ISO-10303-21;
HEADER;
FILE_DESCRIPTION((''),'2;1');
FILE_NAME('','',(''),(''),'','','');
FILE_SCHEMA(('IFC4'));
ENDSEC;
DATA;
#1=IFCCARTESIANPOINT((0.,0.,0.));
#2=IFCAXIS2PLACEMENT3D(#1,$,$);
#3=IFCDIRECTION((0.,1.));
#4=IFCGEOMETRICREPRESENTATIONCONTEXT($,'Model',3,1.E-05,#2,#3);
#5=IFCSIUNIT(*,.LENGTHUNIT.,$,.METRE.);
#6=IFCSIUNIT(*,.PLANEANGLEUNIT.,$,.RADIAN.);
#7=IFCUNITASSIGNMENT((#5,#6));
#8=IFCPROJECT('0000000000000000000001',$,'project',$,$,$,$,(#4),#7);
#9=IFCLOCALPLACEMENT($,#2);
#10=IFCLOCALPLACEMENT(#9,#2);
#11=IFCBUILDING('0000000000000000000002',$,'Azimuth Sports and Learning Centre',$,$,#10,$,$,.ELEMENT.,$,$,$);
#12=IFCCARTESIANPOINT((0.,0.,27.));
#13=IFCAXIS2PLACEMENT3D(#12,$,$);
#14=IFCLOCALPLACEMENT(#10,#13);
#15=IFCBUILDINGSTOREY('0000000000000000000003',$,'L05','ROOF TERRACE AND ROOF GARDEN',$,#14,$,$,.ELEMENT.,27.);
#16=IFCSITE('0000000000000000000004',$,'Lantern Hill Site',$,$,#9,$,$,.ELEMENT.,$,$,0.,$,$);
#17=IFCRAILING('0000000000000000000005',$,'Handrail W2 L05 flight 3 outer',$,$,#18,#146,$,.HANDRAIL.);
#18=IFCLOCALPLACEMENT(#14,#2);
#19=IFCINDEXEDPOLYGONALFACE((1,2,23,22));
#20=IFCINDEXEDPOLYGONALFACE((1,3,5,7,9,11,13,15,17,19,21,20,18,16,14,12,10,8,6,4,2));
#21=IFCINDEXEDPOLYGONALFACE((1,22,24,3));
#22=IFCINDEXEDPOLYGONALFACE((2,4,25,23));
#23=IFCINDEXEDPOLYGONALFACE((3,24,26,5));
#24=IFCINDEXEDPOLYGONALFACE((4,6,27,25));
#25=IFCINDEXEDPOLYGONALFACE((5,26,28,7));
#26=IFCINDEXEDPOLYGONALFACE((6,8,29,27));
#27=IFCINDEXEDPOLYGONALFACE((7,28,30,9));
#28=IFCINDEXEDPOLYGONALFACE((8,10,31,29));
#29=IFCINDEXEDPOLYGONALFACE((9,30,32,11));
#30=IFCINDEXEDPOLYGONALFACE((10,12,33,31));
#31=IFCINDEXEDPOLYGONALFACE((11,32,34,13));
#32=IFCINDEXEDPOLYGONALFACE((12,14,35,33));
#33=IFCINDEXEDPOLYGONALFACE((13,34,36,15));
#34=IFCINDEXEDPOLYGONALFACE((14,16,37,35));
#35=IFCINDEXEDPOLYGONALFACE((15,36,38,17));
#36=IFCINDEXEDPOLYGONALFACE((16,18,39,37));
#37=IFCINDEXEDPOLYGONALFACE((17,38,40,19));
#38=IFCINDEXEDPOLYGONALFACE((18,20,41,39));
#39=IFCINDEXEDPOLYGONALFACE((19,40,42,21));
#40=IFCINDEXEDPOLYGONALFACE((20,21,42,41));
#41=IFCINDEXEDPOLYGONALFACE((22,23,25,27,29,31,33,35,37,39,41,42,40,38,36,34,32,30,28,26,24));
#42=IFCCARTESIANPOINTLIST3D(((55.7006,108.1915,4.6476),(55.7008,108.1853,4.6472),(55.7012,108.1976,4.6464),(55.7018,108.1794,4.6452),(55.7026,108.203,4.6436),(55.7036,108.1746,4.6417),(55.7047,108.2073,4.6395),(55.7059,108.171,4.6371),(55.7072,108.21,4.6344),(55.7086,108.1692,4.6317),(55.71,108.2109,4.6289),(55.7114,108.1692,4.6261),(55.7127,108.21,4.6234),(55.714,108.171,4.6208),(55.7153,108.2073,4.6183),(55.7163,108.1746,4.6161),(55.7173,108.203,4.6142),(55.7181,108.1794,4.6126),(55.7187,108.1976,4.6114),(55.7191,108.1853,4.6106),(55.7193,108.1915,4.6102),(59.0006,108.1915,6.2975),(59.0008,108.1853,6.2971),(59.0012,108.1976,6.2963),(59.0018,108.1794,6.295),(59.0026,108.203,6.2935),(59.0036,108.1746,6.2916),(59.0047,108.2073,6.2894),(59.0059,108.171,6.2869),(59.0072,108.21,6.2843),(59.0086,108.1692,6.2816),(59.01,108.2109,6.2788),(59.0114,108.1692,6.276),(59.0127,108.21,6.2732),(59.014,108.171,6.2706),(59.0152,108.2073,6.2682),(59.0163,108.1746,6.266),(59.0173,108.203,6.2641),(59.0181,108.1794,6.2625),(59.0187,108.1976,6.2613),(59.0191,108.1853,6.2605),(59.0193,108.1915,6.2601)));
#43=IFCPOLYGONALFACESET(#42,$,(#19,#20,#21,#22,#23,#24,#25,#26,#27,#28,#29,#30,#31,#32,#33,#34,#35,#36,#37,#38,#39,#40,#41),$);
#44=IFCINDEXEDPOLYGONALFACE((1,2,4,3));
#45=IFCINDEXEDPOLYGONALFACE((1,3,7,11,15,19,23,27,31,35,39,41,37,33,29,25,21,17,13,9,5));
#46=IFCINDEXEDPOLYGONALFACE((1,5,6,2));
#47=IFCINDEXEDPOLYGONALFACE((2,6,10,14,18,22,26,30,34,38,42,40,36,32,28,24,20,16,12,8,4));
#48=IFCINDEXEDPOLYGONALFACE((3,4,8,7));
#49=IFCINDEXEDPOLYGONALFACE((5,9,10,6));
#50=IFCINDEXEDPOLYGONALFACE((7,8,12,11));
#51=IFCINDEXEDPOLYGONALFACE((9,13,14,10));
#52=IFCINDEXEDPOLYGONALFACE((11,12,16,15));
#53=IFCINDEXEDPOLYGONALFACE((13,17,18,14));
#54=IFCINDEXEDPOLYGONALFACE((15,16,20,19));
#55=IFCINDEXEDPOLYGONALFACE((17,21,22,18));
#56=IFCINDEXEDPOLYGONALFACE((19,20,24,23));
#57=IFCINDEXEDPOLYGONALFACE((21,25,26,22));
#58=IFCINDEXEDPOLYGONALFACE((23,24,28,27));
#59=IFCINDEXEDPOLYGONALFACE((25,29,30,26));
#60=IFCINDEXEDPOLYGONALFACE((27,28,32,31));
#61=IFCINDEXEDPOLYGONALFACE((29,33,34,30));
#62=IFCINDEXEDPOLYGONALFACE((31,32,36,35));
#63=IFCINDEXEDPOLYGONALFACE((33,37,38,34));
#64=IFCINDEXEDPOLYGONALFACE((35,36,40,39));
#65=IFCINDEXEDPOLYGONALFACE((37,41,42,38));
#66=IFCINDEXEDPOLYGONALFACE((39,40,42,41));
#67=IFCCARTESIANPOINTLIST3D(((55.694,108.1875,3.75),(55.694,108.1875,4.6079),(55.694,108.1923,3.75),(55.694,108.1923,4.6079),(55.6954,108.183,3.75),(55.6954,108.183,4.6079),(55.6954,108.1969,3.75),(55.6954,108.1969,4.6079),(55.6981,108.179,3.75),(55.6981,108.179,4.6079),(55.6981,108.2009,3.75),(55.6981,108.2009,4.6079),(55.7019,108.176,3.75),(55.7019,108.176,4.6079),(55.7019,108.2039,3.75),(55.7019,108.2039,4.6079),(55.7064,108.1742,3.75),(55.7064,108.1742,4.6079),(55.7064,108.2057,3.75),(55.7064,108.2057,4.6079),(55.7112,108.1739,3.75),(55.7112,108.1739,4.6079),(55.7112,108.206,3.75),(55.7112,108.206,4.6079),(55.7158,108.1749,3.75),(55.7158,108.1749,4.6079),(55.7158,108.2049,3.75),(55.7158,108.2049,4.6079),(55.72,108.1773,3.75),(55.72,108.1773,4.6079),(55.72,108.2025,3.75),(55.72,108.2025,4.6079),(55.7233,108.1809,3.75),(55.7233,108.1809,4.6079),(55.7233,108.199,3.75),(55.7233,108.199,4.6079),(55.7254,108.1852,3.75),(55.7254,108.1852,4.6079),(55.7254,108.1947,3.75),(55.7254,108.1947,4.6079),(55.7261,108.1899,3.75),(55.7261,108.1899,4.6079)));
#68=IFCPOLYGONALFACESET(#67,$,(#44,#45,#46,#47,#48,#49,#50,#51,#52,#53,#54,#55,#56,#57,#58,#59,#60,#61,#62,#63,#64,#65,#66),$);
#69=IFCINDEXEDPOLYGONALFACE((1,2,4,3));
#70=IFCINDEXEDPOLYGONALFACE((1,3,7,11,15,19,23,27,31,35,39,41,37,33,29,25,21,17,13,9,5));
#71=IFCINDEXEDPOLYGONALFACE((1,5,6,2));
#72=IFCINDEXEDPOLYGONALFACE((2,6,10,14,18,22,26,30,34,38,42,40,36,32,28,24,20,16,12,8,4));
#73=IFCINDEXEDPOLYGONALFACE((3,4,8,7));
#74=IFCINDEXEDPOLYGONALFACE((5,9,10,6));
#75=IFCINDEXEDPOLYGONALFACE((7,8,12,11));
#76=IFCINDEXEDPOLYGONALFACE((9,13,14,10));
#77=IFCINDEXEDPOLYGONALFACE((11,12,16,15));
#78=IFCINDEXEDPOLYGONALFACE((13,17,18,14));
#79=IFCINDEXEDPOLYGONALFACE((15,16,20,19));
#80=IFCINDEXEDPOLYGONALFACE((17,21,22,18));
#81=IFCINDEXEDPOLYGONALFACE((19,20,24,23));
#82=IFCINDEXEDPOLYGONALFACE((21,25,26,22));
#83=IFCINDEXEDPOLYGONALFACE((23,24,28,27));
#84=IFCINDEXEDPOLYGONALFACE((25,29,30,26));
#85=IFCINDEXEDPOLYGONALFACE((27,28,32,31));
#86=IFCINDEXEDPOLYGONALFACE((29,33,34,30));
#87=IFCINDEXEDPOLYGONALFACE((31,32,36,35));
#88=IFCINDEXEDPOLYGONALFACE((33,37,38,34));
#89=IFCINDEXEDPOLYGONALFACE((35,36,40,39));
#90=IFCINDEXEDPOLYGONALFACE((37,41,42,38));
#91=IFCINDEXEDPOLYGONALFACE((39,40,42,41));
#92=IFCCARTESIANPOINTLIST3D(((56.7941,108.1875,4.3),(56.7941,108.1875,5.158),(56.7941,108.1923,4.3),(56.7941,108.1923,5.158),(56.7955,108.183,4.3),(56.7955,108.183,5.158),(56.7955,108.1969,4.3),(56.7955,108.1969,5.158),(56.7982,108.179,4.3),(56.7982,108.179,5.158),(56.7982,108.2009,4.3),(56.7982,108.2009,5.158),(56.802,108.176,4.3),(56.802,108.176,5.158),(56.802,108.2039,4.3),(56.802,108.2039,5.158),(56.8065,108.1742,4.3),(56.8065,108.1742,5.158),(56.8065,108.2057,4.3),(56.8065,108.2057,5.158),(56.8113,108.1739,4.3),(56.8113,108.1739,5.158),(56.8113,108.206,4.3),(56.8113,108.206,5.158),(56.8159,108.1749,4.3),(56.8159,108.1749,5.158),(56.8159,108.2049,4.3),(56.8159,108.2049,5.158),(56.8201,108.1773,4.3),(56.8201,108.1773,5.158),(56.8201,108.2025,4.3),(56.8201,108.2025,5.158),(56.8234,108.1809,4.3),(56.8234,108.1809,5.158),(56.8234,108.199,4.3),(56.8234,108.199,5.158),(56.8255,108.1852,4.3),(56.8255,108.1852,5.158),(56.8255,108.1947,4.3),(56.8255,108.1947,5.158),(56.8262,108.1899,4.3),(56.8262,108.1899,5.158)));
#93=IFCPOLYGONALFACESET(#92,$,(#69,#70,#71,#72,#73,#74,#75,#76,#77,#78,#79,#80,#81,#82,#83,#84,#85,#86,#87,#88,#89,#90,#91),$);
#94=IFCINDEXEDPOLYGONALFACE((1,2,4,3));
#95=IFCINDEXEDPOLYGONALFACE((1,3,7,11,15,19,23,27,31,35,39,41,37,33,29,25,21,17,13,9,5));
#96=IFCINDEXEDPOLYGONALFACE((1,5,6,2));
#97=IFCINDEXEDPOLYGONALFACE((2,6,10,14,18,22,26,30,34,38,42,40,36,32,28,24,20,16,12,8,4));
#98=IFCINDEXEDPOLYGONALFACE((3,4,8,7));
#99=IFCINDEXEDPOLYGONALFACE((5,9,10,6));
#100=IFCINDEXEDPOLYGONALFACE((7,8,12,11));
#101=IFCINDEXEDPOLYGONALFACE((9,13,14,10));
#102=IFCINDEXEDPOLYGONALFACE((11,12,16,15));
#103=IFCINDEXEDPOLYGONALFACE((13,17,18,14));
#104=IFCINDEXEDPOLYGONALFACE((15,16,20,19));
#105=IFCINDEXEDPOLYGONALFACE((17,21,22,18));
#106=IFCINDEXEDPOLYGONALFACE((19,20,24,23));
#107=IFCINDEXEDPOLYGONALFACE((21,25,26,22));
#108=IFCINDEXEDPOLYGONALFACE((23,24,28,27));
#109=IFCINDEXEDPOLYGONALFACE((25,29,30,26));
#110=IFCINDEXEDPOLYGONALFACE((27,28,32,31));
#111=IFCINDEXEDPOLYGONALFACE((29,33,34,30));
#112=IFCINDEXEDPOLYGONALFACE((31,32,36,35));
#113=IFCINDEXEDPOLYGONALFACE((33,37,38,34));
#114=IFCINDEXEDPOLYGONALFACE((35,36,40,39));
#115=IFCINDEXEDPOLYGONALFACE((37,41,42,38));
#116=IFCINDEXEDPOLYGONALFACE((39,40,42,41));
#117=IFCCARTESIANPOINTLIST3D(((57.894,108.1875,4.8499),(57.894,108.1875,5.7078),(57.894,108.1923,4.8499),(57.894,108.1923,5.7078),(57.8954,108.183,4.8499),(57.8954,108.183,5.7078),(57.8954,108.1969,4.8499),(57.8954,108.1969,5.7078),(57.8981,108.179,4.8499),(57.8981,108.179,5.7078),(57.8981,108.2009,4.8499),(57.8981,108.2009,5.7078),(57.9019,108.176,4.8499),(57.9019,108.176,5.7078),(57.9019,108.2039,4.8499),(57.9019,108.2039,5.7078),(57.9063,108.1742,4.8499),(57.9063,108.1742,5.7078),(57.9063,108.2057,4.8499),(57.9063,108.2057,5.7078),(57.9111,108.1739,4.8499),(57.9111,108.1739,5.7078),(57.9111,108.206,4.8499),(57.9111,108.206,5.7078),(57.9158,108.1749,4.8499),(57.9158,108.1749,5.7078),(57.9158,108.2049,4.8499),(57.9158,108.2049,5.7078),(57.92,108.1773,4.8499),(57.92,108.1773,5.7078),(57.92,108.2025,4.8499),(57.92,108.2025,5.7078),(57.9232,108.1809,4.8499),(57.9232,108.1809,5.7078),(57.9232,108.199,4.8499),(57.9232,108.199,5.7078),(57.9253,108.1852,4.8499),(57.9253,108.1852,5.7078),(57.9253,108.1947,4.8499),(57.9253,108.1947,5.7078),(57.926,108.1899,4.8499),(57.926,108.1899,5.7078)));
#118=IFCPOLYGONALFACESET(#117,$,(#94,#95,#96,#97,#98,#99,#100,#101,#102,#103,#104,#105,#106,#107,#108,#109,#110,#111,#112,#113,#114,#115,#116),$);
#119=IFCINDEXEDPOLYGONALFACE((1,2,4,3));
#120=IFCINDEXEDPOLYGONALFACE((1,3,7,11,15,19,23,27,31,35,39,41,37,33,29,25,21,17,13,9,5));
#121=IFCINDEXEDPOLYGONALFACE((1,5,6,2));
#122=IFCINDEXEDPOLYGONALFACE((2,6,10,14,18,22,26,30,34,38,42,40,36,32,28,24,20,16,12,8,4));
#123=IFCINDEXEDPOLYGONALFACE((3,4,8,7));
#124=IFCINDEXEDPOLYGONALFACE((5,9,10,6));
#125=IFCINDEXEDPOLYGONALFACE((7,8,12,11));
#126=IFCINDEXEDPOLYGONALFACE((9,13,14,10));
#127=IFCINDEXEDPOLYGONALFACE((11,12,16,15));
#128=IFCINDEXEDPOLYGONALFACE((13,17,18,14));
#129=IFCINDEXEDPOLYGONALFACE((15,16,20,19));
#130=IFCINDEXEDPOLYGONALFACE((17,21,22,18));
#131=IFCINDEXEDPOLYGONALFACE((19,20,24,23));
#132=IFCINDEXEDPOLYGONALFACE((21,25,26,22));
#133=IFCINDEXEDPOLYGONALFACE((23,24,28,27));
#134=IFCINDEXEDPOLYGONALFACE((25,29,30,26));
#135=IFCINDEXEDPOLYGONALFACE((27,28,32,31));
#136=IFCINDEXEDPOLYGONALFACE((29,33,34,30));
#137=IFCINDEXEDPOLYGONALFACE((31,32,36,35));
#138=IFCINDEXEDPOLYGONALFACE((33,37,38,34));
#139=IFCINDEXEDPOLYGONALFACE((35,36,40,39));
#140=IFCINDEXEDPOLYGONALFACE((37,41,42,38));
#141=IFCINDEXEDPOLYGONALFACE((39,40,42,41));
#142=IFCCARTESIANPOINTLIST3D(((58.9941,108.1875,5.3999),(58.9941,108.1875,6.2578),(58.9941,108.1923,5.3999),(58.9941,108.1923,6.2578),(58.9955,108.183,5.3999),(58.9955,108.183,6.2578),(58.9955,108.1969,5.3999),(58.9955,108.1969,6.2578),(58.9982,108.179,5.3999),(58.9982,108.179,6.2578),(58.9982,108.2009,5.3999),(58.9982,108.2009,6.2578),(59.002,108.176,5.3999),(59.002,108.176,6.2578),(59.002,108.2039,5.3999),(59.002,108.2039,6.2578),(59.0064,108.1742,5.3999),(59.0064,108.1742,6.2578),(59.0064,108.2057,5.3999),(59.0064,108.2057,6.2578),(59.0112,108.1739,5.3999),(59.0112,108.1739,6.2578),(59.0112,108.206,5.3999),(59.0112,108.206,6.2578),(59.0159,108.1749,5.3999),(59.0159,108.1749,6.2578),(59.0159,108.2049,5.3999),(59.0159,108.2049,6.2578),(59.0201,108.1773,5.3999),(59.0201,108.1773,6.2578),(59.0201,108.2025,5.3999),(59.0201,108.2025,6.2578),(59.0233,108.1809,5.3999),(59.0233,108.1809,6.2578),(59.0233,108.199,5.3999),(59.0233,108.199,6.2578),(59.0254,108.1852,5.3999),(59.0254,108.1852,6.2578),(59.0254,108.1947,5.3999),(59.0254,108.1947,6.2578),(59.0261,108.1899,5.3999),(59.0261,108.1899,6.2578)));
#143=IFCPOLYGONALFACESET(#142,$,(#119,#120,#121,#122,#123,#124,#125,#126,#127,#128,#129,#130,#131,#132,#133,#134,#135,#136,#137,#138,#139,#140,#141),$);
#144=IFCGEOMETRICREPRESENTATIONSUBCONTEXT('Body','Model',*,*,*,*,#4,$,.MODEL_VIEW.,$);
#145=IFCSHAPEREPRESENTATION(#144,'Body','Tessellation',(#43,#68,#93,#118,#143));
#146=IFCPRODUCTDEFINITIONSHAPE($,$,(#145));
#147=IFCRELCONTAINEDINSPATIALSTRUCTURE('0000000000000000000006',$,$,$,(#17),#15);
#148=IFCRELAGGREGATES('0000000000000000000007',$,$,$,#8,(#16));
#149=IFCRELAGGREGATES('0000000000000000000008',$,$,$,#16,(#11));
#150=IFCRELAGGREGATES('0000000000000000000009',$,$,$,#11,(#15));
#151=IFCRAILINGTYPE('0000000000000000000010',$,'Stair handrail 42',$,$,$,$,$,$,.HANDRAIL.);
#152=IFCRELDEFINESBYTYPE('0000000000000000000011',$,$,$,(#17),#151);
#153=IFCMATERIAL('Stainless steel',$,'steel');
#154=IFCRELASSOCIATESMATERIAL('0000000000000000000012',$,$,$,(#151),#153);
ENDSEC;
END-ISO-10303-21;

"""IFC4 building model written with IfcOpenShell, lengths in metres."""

from ifc_helpers import new_model, si_unit, direction, frame, origin, origin_2d, place, context, subcontext, project, spatial, circle, extrude, material, type_object, element, save


model = new_model("IFC4")

# Units and contexts
model_context = context("Model", 3, precision=1e-05, world=origin(), true_north=direction((0.0, 1.0)))
body_context = subcontext(model_context, "Body", "Model", "MODEL_VIEW")
ifc_project = project(units=[si_unit("LENGTHUNIT", "METRE"), si_unit("PLANEANGLEUNIT", "RADIAN")], contexts=[model_context])

# Site, building, storey
site_placement = place(None, origin())
site = spatial("IfcSite", under=ifc_project, at=site_placement, Name="Lantern Hill Site", CompositionType="ELEMENT", RefElevation=0.0)
building_placement = place(site_placement, origin())
building = spatial("IfcBuilding", under=site, at=building_placement, Name="Azimuth Sports and Learning Centre", CompositionType="ELEMENT")
storey_placement = place(building_placement, frame((0.0, 0.0, 27.0)))
storey = spatial("IfcBuildingStorey", under=building, at=storey_placement, Name="L05", Description="ROOF TERRACE AND ROOF GARDEN", CompositionType="ELEMENT", Elevation=27.0)

# Railing
ifc_material_1 = material(Name="Stainless steel", Category="steel")
railing_type_1 = type_object("IfcRailingType", Name="Stair handrail 42", PredefinedType="HANDRAIL", material=ifc_material_1)
for number, where, name in (
    (1, (55.71, 108.1899, 3.75), "Handrail W2 L05 flight 3 outer"),
):
    element("IfcRailing", number, at=place(storey_placement, frame(where)), inside=storey, type_object=railing_type_1, Name=name, PredefinedType="HANDRAIL", context=body_context, shape_type="SweptSolid", body=[
        extrude(circle(Radius=0.021, at=origin_2d()), frame((0.0, 0.0, 0.8789), z_axis=(0.89444, 0.0, 0.447187), x_axis=(0.0, 1.0, 0.0)), (0.0, 0.0, 1.0), 3.6895),
        extrude(circle(Radius=0.0161, at=origin_2d()), origin(), (0.0, 0.0, 1.0), 0.8579),
        extrude(circle(Radius=0.0161, at=origin_2d()), frame((1.1001, 0.0, 0.55)), (0.0, 0.0, 1.0), 0.8579),
        extrude(circle(Radius=0.0161, at=origin_2d()), frame((2.2, 0.0, 1.0999)), (0.0, 0.0, 1.0), 0.8579),
        extrude(circle(Radius=0.0161, at=origin_2d()), frame((3.3, 0.0, 1.6499)), (0.0, 0.0, 1.0), 0.8579),
    ])

save(model, "model.ifc")
